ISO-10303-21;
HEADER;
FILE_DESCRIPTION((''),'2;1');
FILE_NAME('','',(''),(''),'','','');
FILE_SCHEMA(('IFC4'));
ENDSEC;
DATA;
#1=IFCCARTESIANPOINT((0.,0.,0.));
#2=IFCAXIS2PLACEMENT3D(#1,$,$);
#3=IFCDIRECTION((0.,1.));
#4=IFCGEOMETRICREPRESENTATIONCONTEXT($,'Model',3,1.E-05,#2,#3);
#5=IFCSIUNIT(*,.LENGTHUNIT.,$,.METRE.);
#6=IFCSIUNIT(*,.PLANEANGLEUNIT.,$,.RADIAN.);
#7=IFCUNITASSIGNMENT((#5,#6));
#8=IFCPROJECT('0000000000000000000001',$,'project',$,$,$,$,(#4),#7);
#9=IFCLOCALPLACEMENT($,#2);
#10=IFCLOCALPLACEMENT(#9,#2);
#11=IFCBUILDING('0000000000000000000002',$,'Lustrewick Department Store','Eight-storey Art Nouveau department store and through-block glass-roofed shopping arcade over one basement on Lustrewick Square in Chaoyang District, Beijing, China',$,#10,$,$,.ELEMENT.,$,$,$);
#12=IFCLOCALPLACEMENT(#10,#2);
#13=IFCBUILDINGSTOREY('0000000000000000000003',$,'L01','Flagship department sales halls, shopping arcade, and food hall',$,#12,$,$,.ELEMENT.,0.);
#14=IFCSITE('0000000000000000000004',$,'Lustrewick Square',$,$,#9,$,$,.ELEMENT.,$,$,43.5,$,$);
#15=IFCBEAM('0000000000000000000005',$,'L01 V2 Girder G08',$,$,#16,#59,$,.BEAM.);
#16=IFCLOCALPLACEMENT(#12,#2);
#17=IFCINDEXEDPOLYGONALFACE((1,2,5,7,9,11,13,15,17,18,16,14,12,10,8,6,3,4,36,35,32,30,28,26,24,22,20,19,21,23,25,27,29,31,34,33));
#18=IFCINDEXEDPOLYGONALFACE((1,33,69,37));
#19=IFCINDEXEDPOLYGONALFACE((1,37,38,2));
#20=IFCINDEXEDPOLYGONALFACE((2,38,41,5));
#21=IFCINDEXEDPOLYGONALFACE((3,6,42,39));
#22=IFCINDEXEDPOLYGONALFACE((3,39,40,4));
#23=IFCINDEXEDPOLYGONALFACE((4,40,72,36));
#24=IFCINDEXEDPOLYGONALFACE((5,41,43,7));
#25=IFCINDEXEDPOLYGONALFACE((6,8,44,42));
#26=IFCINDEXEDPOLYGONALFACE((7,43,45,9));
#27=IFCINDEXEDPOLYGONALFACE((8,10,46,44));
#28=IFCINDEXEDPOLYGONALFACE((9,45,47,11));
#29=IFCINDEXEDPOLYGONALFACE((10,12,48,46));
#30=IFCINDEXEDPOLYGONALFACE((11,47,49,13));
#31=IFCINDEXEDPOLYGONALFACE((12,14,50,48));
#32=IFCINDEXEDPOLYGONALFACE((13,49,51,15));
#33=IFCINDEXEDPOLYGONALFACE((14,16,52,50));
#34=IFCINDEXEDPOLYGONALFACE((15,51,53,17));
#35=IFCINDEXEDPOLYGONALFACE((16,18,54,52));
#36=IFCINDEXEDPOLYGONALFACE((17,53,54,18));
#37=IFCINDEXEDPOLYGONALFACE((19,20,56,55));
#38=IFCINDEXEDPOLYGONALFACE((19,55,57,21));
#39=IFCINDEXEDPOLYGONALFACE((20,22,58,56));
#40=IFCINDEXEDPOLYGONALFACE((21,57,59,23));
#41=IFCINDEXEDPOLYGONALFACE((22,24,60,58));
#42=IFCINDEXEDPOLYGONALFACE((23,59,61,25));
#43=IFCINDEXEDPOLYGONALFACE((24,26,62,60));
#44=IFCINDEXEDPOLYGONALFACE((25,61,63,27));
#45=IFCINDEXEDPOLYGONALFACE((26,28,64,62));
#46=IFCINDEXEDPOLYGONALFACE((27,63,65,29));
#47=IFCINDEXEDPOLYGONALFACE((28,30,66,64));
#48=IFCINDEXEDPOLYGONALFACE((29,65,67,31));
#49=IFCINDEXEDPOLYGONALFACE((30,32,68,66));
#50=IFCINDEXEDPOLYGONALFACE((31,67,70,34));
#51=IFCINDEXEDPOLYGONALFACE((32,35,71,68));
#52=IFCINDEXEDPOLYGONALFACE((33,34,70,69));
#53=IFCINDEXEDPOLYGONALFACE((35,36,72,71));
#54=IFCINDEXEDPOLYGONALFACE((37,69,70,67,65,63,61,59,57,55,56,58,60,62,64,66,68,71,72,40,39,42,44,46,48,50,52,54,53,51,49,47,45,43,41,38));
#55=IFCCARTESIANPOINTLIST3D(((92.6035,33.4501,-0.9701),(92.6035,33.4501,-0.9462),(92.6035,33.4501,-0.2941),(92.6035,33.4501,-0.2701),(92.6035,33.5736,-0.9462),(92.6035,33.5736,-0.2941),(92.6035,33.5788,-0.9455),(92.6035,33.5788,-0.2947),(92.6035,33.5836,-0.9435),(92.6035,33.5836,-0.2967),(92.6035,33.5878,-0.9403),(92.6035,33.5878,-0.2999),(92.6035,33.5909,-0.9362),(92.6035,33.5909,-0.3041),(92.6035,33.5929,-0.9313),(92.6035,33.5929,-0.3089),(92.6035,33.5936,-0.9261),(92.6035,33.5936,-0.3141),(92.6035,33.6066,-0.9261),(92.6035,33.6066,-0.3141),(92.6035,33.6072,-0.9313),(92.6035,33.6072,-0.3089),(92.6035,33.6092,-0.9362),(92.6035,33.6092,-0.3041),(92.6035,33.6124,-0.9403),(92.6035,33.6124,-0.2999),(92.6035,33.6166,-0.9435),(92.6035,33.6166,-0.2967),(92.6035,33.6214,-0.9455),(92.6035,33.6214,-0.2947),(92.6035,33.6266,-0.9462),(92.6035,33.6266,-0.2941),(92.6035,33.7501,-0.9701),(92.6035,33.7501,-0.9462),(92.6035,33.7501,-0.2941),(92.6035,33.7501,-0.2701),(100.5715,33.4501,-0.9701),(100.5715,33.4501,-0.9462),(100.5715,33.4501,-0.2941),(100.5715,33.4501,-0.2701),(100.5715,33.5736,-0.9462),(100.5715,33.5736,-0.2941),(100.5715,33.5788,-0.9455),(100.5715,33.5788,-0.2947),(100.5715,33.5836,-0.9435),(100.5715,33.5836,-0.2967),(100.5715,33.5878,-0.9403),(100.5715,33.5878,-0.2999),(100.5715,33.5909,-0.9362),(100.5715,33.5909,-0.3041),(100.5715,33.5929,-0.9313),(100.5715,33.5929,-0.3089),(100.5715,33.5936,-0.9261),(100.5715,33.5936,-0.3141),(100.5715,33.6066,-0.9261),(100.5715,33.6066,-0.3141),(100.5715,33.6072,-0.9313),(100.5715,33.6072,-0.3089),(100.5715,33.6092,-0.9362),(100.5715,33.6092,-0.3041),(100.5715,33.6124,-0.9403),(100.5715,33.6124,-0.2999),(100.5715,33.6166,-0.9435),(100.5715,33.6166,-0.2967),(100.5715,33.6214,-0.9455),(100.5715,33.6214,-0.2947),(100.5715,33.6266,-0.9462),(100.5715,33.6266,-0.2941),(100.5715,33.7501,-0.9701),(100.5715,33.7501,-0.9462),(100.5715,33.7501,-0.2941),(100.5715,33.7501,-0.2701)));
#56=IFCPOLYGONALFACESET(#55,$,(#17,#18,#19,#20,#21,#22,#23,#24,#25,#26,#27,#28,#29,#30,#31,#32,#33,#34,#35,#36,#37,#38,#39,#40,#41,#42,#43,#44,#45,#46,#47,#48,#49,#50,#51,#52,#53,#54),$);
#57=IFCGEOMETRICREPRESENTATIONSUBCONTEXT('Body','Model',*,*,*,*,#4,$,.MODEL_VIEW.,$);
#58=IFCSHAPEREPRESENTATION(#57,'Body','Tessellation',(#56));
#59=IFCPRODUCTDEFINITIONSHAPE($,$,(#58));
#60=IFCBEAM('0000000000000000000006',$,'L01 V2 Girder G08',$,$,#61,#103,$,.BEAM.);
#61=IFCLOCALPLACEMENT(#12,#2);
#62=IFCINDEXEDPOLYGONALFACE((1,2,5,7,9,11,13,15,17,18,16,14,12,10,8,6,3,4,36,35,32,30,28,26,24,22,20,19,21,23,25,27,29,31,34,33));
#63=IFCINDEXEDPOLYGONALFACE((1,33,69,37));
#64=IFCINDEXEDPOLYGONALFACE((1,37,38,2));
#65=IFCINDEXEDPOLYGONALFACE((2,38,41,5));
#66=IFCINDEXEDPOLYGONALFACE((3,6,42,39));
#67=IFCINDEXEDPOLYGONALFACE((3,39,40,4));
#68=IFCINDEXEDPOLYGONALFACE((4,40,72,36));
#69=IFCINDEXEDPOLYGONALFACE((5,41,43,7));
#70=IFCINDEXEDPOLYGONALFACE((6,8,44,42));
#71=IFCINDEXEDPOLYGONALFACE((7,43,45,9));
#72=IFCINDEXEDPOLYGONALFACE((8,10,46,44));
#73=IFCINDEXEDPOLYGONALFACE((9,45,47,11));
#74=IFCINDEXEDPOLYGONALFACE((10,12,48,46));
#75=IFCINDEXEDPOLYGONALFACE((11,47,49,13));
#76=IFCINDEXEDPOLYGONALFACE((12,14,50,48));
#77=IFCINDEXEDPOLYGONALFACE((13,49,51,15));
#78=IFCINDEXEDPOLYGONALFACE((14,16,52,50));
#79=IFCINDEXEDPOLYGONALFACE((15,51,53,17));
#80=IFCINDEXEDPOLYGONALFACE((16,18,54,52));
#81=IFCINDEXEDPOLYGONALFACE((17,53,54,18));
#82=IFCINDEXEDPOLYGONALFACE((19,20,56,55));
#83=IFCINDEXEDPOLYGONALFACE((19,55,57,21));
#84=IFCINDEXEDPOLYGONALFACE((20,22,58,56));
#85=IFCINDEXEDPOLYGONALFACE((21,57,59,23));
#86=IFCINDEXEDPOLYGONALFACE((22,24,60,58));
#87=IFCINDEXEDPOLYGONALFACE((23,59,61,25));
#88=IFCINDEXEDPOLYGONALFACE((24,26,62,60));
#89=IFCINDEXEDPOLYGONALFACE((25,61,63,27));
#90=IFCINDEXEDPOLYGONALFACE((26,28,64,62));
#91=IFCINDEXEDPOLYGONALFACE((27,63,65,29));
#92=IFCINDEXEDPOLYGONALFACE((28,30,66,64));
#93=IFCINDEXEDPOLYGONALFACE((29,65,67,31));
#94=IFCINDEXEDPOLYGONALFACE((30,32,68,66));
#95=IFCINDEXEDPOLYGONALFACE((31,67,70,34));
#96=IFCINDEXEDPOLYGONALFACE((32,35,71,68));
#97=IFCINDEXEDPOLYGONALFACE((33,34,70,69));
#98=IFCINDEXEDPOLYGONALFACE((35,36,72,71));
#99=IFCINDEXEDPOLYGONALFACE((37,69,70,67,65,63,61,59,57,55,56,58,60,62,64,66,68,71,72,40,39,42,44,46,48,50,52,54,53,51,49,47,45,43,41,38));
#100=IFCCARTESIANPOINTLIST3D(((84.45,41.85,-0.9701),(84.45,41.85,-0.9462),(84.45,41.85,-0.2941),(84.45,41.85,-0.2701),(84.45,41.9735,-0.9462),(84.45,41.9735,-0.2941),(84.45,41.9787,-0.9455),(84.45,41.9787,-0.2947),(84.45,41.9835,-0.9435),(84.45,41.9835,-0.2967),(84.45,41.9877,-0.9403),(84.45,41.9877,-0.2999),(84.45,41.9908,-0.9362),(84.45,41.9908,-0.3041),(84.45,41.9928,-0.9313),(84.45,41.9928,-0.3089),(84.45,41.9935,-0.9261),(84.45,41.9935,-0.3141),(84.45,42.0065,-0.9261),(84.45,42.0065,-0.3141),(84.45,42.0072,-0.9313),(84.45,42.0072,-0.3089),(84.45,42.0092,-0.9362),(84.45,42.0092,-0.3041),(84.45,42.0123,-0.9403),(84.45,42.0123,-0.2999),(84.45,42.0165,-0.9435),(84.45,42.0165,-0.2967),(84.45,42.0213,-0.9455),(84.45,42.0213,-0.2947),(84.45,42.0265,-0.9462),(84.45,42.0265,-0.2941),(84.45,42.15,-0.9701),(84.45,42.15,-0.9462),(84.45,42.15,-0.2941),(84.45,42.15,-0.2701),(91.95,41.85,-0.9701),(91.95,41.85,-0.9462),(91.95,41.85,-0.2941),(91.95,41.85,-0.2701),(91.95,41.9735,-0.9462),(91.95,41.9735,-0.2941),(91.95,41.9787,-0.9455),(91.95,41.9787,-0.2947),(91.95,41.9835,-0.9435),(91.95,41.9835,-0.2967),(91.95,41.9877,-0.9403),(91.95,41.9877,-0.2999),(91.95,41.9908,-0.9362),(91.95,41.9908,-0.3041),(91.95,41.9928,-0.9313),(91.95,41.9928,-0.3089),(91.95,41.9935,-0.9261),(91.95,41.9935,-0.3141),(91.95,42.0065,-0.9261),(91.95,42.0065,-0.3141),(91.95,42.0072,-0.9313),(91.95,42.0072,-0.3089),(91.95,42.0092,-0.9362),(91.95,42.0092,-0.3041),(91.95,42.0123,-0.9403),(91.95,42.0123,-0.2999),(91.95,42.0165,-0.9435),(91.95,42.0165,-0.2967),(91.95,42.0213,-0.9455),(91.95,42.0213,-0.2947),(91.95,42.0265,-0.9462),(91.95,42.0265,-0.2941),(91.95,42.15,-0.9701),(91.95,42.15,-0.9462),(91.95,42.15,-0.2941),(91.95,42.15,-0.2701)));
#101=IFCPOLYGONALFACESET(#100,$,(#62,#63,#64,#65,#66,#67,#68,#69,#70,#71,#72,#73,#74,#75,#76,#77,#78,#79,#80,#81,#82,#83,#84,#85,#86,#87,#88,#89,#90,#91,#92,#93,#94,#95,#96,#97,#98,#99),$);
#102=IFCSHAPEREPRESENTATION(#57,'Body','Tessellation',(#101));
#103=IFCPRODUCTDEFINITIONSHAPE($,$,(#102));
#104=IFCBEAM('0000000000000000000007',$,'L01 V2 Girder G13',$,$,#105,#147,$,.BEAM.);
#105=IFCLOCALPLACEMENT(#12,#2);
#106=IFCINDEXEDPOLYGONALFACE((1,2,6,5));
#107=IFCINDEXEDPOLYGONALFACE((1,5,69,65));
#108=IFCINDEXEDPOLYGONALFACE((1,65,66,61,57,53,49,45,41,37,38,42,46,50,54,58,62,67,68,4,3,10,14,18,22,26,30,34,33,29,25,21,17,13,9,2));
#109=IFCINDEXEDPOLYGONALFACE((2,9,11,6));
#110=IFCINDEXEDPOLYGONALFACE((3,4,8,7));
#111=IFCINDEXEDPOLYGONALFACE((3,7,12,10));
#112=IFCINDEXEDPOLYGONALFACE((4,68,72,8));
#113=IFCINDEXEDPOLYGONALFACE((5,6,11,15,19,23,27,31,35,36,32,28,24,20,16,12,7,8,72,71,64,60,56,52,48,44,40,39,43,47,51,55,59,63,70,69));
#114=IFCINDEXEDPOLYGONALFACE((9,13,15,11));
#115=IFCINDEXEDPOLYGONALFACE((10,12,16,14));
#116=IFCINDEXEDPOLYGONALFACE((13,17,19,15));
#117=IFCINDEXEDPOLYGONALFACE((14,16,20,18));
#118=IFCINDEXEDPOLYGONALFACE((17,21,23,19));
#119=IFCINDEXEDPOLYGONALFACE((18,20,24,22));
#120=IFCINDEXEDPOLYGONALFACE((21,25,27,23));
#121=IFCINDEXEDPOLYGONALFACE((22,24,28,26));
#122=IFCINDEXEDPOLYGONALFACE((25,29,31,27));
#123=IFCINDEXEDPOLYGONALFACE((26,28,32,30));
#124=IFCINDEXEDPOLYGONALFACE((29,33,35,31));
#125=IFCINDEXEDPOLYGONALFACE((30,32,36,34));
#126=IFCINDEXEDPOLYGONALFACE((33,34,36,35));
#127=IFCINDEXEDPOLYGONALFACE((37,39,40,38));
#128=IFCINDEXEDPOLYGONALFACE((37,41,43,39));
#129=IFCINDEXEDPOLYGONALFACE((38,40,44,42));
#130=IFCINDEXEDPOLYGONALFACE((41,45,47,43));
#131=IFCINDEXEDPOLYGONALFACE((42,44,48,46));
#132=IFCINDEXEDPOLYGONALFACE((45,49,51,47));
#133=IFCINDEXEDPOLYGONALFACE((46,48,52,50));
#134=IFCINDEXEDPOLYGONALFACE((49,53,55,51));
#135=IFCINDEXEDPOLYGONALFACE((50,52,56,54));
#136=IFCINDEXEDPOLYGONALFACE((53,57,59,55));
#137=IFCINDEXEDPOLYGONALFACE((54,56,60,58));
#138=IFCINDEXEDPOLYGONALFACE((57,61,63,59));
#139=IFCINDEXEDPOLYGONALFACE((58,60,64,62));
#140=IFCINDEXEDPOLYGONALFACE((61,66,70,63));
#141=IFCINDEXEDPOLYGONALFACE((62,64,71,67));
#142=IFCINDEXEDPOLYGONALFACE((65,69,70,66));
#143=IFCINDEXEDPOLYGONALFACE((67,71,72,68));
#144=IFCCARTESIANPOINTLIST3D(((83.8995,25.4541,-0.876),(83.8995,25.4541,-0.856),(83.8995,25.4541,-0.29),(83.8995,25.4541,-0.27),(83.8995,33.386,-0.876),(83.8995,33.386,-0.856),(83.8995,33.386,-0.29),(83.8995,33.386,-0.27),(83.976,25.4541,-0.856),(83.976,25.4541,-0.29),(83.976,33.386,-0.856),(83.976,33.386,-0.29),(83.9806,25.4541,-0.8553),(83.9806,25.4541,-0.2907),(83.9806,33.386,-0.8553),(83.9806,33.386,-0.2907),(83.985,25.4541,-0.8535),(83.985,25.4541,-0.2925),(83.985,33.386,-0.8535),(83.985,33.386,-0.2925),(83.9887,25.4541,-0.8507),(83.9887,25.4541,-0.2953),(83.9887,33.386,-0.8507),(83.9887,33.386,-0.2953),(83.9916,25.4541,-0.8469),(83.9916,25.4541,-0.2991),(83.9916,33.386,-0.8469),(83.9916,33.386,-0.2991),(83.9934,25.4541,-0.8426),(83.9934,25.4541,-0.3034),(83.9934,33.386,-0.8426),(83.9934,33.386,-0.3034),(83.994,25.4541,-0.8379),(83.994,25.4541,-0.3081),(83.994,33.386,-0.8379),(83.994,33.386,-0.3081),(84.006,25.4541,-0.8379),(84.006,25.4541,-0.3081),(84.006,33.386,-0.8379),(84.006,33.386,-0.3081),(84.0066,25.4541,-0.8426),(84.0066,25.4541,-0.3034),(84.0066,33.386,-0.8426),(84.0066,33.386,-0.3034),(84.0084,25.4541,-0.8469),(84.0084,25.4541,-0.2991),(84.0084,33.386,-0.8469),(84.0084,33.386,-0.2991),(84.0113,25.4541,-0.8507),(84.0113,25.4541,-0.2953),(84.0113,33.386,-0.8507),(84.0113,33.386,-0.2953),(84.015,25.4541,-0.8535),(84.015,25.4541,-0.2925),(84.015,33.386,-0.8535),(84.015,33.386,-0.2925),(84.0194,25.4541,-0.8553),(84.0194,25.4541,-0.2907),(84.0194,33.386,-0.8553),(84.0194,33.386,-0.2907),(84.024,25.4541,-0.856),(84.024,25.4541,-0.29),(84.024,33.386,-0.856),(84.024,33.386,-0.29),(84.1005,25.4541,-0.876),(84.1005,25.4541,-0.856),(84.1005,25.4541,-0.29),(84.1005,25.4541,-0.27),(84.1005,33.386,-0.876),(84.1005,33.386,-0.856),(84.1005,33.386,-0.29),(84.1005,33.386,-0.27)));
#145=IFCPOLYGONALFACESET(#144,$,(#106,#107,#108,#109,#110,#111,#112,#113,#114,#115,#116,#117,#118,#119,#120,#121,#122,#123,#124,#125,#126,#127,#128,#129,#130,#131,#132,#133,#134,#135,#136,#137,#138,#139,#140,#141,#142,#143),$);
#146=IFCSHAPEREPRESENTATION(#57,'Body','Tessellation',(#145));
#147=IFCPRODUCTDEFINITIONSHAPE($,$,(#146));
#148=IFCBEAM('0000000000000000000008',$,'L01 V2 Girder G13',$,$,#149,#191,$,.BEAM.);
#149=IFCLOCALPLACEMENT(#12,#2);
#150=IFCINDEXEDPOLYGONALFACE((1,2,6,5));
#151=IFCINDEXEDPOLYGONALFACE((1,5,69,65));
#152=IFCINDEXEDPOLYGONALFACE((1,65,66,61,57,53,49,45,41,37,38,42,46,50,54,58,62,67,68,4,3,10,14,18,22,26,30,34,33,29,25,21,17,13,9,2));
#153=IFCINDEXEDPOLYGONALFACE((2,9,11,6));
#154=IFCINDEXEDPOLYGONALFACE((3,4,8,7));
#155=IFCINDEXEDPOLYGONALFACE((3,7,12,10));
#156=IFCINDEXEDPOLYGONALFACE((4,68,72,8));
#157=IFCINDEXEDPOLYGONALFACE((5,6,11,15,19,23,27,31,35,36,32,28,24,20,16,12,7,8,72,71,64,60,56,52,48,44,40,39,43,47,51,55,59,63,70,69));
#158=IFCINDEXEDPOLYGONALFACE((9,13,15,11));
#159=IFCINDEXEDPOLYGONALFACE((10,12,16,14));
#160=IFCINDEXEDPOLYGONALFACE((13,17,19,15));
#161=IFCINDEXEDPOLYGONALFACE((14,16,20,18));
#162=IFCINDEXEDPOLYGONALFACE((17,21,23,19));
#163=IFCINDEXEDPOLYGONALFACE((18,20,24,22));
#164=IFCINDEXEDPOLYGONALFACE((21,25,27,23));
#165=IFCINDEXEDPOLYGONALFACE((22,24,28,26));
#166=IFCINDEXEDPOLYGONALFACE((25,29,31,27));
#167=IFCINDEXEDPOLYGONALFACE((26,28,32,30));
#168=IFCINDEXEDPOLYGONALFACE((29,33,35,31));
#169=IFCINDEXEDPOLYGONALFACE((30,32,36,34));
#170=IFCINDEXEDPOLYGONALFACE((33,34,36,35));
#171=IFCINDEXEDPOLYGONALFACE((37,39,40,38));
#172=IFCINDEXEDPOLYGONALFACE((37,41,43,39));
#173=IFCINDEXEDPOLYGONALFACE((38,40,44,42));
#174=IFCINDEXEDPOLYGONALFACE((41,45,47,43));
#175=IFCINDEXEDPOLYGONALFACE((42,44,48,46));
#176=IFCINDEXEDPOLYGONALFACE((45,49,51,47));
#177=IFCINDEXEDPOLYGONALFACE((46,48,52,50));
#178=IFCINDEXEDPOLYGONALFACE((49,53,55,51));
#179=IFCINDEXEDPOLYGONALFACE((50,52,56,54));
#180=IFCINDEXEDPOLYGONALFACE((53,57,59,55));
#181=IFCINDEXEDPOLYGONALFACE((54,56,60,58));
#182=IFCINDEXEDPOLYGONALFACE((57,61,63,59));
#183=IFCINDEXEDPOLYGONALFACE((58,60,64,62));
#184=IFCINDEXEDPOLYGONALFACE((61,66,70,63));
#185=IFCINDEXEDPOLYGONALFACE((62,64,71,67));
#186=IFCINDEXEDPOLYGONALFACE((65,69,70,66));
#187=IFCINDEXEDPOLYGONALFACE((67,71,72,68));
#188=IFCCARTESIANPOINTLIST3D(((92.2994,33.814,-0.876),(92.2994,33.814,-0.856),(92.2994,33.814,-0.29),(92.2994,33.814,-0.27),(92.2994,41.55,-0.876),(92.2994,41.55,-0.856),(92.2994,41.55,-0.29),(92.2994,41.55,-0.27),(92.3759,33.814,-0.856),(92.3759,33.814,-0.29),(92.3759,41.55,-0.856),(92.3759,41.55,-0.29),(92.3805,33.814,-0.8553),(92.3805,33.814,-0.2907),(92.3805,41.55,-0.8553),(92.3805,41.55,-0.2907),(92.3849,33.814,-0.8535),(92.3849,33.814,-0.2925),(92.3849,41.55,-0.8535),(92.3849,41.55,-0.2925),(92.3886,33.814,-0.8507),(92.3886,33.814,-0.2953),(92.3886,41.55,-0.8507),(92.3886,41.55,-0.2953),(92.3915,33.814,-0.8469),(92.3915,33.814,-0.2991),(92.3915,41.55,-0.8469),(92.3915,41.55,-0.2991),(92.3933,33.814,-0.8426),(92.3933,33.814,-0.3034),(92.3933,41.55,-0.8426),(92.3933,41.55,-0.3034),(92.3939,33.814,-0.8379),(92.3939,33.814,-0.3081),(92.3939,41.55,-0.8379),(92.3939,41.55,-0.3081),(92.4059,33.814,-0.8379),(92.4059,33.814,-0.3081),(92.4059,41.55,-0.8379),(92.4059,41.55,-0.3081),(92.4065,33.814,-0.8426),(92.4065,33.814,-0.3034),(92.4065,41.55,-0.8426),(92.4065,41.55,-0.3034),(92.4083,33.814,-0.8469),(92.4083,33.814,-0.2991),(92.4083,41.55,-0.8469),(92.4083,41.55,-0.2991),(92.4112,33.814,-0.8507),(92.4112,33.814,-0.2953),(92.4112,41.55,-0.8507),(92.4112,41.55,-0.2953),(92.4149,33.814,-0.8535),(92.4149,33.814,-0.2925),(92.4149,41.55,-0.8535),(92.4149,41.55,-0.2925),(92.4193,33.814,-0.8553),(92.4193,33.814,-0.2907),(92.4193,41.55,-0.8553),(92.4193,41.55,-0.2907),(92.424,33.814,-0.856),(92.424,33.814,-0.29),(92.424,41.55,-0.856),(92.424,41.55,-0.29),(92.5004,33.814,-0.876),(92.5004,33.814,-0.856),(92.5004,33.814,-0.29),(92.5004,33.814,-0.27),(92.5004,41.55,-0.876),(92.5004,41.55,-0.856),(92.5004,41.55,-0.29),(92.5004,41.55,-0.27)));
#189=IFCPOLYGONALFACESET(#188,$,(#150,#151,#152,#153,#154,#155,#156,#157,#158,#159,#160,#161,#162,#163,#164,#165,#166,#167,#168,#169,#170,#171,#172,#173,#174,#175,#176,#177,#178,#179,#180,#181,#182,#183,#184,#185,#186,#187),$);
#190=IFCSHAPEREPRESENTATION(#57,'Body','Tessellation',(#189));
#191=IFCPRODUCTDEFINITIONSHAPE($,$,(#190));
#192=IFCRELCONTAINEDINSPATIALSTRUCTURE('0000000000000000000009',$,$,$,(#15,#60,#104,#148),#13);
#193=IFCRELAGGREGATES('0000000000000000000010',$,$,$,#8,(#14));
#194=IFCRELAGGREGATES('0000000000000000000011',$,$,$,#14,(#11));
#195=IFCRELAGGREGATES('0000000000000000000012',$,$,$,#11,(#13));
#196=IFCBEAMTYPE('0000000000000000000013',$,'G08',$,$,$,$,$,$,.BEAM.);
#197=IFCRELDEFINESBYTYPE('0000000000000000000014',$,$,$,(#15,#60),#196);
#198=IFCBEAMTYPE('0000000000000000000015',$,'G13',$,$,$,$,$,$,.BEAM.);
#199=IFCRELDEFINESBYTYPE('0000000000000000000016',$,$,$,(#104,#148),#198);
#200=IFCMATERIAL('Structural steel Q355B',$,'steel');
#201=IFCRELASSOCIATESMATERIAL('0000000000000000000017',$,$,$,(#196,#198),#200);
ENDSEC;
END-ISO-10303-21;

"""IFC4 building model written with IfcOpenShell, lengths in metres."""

from ifc_helpers import new_model, si_unit, direction, frame, origin, origin_2d, place, context, subcontext, project, spatial, i_section, extrude, material, material_profile, profile_set, type_object, element, save


model = new_model("IFC4")

# Units and contexts
model_context = context("Model", 3, precision=1e-05, world=origin(), true_north=direction((0.0, 1.0)))
body_context = subcontext(model_context, "Body", "Model", "MODEL_VIEW")
ifc_project = project(units=[si_unit("LENGTHUNIT", "METRE"), si_unit("PLANEANGLEUNIT", "RADIAN")], contexts=[model_context])

# Site, building, storey
site_placement = place(None, origin())
site = spatial("IfcSite", under=ifc_project, at=site_placement, Name="Lustrewick Square", CompositionType="ELEMENT", RefElevation=43.5)
building_placement = place(site_placement, origin())
building = spatial("IfcBuilding", under=site, at=building_placement, Name="Lustrewick Department Store", Description="Eight-storey Art Nouveau department store and through-block glass-roofed shopping arcade over one basement on Lustrewick Square in Chaoyang District, Beijing, China", CompositionType="ELEMENT")
storey_placement = place(building_placement, origin())
storey = spatial("IfcBuildingStorey", under=building, at=storey_placement, Name="L01", Description="Flagship department sales halls, shopping arcade, and food hall", CompositionType="ELEMENT", Elevation=0.0)

# Shared definitions
ifc_material_1 = material(Name="Structural steel Q355B", Category="steel")

# Beams
ifc_material_profile_1 = material_profile(ifc_material_1, i_section(OverallWidth=0.3, OverallDepth=0.7, WebThickness=0.0129, FlangeThickness=0.0239, FilletRadius=0.02, at=origin_2d()), Name="HN 700x300x13x24")
ifc_profile_set_1 = profile_set([ifc_material_profile_1], Name="Structural steel Q355B")
beam_type_1 = type_object("IfcBeamType", Name="G08", PredefinedType="BEAM", material=ifc_profile_set_1)
beam_1_placement = place(storey_placement, frame((92.6035, 33.6001, -0.6201), z_axis=(1.0, 0.0, 0.0), x_axis=(0.0, 1.0, 0.0)))
element("IfcBeam", 1, at=beam_1_placement, inside=storey, type_object=beam_type_1, Name="L01 V2 Girder G08", PredefinedType="BEAM", context=body_context, shape_type="SweptSolid", body=[
    extrude(i_section(OverallWidth=0.3, OverallDepth=0.7, WebThickness=0.0129, FlangeThickness=0.0239, FilletRadius=0.02, at=origin_2d()), origin(), (0.0, 0.0, 1.0), 7.968),
])
beam_2_placement = place(storey_placement, frame((84.45, 42.0, -0.6201), z_axis=(1.0, 0.0, 0.0), x_axis=(0.0, 1.0, 0.0)))
element("IfcBeam", 2, at=beam_2_placement, inside=storey, type_object=beam_type_1, Name="L01 V2 Girder G08", PredefinedType="BEAM", context=body_context, shape_type="SweptSolid", body=[
    extrude(i_section(OverallWidth=0.3, OverallDepth=0.7, WebThickness=0.0129, FlangeThickness=0.0239, FilletRadius=0.02, at=origin_2d()), origin(), (0.0, 0.0, 1.0), 7.5),
])
ifc_material_profile_2 = material_profile(ifc_material_1, i_section(OverallWidth=0.2009, OverallDepth=0.606, WebThickness=0.012, FlangeThickness=0.02, FilletRadius=0.0181, at=origin_2d()), Name="HN 606x201x12x20")
ifc_profile_set_2 = profile_set([ifc_material_profile_2], Name="Structural steel Q355B")
beam_type_2 = type_object("IfcBeamType", Name="G13", PredefinedType="BEAM", material=ifc_profile_set_2)
beam_3_placement = place(storey_placement, frame((84.0, 25.4541, -0.573), z_axis=(0.0, 1.0, 0.0), x_axis=(-1.0, 0.0, 0.0)))
element("IfcBeam", 3, at=beam_3_placement, inside=storey, type_object=beam_type_2, Name="L01 V2 Girder G13", PredefinedType="BEAM", context=body_context, shape_type="SweptSolid", body=[
    extrude(i_section(OverallWidth=0.2009, OverallDepth=0.606, WebThickness=0.012, FlangeThickness=0.02, FilletRadius=0.0181, at=origin_2d()), origin(), (0.0, 0.0, 1.0), 7.9319),
])
beam_4_placement = place(storey_placement, frame((92.3999, 33.814, -0.573), z_axis=(0.0, 1.0, 0.0), x_axis=(-1.0, 0.0, 0.0)))
element("IfcBeam", 4, at=beam_4_placement, inside=storey, type_object=beam_type_2, Name="L01 V2 Girder G13", PredefinedType="BEAM", context=body_context, shape_type="SweptSolid", body=[
    extrude(i_section(OverallWidth=0.2009, OverallDepth=0.606, WebThickness=0.012, FlangeThickness=0.02, FilletRadius=0.0181, at=origin_2d()), origin(), (0.0, 0.0, 1.0), 7.7361),
])

save(model, "model.ifc")
